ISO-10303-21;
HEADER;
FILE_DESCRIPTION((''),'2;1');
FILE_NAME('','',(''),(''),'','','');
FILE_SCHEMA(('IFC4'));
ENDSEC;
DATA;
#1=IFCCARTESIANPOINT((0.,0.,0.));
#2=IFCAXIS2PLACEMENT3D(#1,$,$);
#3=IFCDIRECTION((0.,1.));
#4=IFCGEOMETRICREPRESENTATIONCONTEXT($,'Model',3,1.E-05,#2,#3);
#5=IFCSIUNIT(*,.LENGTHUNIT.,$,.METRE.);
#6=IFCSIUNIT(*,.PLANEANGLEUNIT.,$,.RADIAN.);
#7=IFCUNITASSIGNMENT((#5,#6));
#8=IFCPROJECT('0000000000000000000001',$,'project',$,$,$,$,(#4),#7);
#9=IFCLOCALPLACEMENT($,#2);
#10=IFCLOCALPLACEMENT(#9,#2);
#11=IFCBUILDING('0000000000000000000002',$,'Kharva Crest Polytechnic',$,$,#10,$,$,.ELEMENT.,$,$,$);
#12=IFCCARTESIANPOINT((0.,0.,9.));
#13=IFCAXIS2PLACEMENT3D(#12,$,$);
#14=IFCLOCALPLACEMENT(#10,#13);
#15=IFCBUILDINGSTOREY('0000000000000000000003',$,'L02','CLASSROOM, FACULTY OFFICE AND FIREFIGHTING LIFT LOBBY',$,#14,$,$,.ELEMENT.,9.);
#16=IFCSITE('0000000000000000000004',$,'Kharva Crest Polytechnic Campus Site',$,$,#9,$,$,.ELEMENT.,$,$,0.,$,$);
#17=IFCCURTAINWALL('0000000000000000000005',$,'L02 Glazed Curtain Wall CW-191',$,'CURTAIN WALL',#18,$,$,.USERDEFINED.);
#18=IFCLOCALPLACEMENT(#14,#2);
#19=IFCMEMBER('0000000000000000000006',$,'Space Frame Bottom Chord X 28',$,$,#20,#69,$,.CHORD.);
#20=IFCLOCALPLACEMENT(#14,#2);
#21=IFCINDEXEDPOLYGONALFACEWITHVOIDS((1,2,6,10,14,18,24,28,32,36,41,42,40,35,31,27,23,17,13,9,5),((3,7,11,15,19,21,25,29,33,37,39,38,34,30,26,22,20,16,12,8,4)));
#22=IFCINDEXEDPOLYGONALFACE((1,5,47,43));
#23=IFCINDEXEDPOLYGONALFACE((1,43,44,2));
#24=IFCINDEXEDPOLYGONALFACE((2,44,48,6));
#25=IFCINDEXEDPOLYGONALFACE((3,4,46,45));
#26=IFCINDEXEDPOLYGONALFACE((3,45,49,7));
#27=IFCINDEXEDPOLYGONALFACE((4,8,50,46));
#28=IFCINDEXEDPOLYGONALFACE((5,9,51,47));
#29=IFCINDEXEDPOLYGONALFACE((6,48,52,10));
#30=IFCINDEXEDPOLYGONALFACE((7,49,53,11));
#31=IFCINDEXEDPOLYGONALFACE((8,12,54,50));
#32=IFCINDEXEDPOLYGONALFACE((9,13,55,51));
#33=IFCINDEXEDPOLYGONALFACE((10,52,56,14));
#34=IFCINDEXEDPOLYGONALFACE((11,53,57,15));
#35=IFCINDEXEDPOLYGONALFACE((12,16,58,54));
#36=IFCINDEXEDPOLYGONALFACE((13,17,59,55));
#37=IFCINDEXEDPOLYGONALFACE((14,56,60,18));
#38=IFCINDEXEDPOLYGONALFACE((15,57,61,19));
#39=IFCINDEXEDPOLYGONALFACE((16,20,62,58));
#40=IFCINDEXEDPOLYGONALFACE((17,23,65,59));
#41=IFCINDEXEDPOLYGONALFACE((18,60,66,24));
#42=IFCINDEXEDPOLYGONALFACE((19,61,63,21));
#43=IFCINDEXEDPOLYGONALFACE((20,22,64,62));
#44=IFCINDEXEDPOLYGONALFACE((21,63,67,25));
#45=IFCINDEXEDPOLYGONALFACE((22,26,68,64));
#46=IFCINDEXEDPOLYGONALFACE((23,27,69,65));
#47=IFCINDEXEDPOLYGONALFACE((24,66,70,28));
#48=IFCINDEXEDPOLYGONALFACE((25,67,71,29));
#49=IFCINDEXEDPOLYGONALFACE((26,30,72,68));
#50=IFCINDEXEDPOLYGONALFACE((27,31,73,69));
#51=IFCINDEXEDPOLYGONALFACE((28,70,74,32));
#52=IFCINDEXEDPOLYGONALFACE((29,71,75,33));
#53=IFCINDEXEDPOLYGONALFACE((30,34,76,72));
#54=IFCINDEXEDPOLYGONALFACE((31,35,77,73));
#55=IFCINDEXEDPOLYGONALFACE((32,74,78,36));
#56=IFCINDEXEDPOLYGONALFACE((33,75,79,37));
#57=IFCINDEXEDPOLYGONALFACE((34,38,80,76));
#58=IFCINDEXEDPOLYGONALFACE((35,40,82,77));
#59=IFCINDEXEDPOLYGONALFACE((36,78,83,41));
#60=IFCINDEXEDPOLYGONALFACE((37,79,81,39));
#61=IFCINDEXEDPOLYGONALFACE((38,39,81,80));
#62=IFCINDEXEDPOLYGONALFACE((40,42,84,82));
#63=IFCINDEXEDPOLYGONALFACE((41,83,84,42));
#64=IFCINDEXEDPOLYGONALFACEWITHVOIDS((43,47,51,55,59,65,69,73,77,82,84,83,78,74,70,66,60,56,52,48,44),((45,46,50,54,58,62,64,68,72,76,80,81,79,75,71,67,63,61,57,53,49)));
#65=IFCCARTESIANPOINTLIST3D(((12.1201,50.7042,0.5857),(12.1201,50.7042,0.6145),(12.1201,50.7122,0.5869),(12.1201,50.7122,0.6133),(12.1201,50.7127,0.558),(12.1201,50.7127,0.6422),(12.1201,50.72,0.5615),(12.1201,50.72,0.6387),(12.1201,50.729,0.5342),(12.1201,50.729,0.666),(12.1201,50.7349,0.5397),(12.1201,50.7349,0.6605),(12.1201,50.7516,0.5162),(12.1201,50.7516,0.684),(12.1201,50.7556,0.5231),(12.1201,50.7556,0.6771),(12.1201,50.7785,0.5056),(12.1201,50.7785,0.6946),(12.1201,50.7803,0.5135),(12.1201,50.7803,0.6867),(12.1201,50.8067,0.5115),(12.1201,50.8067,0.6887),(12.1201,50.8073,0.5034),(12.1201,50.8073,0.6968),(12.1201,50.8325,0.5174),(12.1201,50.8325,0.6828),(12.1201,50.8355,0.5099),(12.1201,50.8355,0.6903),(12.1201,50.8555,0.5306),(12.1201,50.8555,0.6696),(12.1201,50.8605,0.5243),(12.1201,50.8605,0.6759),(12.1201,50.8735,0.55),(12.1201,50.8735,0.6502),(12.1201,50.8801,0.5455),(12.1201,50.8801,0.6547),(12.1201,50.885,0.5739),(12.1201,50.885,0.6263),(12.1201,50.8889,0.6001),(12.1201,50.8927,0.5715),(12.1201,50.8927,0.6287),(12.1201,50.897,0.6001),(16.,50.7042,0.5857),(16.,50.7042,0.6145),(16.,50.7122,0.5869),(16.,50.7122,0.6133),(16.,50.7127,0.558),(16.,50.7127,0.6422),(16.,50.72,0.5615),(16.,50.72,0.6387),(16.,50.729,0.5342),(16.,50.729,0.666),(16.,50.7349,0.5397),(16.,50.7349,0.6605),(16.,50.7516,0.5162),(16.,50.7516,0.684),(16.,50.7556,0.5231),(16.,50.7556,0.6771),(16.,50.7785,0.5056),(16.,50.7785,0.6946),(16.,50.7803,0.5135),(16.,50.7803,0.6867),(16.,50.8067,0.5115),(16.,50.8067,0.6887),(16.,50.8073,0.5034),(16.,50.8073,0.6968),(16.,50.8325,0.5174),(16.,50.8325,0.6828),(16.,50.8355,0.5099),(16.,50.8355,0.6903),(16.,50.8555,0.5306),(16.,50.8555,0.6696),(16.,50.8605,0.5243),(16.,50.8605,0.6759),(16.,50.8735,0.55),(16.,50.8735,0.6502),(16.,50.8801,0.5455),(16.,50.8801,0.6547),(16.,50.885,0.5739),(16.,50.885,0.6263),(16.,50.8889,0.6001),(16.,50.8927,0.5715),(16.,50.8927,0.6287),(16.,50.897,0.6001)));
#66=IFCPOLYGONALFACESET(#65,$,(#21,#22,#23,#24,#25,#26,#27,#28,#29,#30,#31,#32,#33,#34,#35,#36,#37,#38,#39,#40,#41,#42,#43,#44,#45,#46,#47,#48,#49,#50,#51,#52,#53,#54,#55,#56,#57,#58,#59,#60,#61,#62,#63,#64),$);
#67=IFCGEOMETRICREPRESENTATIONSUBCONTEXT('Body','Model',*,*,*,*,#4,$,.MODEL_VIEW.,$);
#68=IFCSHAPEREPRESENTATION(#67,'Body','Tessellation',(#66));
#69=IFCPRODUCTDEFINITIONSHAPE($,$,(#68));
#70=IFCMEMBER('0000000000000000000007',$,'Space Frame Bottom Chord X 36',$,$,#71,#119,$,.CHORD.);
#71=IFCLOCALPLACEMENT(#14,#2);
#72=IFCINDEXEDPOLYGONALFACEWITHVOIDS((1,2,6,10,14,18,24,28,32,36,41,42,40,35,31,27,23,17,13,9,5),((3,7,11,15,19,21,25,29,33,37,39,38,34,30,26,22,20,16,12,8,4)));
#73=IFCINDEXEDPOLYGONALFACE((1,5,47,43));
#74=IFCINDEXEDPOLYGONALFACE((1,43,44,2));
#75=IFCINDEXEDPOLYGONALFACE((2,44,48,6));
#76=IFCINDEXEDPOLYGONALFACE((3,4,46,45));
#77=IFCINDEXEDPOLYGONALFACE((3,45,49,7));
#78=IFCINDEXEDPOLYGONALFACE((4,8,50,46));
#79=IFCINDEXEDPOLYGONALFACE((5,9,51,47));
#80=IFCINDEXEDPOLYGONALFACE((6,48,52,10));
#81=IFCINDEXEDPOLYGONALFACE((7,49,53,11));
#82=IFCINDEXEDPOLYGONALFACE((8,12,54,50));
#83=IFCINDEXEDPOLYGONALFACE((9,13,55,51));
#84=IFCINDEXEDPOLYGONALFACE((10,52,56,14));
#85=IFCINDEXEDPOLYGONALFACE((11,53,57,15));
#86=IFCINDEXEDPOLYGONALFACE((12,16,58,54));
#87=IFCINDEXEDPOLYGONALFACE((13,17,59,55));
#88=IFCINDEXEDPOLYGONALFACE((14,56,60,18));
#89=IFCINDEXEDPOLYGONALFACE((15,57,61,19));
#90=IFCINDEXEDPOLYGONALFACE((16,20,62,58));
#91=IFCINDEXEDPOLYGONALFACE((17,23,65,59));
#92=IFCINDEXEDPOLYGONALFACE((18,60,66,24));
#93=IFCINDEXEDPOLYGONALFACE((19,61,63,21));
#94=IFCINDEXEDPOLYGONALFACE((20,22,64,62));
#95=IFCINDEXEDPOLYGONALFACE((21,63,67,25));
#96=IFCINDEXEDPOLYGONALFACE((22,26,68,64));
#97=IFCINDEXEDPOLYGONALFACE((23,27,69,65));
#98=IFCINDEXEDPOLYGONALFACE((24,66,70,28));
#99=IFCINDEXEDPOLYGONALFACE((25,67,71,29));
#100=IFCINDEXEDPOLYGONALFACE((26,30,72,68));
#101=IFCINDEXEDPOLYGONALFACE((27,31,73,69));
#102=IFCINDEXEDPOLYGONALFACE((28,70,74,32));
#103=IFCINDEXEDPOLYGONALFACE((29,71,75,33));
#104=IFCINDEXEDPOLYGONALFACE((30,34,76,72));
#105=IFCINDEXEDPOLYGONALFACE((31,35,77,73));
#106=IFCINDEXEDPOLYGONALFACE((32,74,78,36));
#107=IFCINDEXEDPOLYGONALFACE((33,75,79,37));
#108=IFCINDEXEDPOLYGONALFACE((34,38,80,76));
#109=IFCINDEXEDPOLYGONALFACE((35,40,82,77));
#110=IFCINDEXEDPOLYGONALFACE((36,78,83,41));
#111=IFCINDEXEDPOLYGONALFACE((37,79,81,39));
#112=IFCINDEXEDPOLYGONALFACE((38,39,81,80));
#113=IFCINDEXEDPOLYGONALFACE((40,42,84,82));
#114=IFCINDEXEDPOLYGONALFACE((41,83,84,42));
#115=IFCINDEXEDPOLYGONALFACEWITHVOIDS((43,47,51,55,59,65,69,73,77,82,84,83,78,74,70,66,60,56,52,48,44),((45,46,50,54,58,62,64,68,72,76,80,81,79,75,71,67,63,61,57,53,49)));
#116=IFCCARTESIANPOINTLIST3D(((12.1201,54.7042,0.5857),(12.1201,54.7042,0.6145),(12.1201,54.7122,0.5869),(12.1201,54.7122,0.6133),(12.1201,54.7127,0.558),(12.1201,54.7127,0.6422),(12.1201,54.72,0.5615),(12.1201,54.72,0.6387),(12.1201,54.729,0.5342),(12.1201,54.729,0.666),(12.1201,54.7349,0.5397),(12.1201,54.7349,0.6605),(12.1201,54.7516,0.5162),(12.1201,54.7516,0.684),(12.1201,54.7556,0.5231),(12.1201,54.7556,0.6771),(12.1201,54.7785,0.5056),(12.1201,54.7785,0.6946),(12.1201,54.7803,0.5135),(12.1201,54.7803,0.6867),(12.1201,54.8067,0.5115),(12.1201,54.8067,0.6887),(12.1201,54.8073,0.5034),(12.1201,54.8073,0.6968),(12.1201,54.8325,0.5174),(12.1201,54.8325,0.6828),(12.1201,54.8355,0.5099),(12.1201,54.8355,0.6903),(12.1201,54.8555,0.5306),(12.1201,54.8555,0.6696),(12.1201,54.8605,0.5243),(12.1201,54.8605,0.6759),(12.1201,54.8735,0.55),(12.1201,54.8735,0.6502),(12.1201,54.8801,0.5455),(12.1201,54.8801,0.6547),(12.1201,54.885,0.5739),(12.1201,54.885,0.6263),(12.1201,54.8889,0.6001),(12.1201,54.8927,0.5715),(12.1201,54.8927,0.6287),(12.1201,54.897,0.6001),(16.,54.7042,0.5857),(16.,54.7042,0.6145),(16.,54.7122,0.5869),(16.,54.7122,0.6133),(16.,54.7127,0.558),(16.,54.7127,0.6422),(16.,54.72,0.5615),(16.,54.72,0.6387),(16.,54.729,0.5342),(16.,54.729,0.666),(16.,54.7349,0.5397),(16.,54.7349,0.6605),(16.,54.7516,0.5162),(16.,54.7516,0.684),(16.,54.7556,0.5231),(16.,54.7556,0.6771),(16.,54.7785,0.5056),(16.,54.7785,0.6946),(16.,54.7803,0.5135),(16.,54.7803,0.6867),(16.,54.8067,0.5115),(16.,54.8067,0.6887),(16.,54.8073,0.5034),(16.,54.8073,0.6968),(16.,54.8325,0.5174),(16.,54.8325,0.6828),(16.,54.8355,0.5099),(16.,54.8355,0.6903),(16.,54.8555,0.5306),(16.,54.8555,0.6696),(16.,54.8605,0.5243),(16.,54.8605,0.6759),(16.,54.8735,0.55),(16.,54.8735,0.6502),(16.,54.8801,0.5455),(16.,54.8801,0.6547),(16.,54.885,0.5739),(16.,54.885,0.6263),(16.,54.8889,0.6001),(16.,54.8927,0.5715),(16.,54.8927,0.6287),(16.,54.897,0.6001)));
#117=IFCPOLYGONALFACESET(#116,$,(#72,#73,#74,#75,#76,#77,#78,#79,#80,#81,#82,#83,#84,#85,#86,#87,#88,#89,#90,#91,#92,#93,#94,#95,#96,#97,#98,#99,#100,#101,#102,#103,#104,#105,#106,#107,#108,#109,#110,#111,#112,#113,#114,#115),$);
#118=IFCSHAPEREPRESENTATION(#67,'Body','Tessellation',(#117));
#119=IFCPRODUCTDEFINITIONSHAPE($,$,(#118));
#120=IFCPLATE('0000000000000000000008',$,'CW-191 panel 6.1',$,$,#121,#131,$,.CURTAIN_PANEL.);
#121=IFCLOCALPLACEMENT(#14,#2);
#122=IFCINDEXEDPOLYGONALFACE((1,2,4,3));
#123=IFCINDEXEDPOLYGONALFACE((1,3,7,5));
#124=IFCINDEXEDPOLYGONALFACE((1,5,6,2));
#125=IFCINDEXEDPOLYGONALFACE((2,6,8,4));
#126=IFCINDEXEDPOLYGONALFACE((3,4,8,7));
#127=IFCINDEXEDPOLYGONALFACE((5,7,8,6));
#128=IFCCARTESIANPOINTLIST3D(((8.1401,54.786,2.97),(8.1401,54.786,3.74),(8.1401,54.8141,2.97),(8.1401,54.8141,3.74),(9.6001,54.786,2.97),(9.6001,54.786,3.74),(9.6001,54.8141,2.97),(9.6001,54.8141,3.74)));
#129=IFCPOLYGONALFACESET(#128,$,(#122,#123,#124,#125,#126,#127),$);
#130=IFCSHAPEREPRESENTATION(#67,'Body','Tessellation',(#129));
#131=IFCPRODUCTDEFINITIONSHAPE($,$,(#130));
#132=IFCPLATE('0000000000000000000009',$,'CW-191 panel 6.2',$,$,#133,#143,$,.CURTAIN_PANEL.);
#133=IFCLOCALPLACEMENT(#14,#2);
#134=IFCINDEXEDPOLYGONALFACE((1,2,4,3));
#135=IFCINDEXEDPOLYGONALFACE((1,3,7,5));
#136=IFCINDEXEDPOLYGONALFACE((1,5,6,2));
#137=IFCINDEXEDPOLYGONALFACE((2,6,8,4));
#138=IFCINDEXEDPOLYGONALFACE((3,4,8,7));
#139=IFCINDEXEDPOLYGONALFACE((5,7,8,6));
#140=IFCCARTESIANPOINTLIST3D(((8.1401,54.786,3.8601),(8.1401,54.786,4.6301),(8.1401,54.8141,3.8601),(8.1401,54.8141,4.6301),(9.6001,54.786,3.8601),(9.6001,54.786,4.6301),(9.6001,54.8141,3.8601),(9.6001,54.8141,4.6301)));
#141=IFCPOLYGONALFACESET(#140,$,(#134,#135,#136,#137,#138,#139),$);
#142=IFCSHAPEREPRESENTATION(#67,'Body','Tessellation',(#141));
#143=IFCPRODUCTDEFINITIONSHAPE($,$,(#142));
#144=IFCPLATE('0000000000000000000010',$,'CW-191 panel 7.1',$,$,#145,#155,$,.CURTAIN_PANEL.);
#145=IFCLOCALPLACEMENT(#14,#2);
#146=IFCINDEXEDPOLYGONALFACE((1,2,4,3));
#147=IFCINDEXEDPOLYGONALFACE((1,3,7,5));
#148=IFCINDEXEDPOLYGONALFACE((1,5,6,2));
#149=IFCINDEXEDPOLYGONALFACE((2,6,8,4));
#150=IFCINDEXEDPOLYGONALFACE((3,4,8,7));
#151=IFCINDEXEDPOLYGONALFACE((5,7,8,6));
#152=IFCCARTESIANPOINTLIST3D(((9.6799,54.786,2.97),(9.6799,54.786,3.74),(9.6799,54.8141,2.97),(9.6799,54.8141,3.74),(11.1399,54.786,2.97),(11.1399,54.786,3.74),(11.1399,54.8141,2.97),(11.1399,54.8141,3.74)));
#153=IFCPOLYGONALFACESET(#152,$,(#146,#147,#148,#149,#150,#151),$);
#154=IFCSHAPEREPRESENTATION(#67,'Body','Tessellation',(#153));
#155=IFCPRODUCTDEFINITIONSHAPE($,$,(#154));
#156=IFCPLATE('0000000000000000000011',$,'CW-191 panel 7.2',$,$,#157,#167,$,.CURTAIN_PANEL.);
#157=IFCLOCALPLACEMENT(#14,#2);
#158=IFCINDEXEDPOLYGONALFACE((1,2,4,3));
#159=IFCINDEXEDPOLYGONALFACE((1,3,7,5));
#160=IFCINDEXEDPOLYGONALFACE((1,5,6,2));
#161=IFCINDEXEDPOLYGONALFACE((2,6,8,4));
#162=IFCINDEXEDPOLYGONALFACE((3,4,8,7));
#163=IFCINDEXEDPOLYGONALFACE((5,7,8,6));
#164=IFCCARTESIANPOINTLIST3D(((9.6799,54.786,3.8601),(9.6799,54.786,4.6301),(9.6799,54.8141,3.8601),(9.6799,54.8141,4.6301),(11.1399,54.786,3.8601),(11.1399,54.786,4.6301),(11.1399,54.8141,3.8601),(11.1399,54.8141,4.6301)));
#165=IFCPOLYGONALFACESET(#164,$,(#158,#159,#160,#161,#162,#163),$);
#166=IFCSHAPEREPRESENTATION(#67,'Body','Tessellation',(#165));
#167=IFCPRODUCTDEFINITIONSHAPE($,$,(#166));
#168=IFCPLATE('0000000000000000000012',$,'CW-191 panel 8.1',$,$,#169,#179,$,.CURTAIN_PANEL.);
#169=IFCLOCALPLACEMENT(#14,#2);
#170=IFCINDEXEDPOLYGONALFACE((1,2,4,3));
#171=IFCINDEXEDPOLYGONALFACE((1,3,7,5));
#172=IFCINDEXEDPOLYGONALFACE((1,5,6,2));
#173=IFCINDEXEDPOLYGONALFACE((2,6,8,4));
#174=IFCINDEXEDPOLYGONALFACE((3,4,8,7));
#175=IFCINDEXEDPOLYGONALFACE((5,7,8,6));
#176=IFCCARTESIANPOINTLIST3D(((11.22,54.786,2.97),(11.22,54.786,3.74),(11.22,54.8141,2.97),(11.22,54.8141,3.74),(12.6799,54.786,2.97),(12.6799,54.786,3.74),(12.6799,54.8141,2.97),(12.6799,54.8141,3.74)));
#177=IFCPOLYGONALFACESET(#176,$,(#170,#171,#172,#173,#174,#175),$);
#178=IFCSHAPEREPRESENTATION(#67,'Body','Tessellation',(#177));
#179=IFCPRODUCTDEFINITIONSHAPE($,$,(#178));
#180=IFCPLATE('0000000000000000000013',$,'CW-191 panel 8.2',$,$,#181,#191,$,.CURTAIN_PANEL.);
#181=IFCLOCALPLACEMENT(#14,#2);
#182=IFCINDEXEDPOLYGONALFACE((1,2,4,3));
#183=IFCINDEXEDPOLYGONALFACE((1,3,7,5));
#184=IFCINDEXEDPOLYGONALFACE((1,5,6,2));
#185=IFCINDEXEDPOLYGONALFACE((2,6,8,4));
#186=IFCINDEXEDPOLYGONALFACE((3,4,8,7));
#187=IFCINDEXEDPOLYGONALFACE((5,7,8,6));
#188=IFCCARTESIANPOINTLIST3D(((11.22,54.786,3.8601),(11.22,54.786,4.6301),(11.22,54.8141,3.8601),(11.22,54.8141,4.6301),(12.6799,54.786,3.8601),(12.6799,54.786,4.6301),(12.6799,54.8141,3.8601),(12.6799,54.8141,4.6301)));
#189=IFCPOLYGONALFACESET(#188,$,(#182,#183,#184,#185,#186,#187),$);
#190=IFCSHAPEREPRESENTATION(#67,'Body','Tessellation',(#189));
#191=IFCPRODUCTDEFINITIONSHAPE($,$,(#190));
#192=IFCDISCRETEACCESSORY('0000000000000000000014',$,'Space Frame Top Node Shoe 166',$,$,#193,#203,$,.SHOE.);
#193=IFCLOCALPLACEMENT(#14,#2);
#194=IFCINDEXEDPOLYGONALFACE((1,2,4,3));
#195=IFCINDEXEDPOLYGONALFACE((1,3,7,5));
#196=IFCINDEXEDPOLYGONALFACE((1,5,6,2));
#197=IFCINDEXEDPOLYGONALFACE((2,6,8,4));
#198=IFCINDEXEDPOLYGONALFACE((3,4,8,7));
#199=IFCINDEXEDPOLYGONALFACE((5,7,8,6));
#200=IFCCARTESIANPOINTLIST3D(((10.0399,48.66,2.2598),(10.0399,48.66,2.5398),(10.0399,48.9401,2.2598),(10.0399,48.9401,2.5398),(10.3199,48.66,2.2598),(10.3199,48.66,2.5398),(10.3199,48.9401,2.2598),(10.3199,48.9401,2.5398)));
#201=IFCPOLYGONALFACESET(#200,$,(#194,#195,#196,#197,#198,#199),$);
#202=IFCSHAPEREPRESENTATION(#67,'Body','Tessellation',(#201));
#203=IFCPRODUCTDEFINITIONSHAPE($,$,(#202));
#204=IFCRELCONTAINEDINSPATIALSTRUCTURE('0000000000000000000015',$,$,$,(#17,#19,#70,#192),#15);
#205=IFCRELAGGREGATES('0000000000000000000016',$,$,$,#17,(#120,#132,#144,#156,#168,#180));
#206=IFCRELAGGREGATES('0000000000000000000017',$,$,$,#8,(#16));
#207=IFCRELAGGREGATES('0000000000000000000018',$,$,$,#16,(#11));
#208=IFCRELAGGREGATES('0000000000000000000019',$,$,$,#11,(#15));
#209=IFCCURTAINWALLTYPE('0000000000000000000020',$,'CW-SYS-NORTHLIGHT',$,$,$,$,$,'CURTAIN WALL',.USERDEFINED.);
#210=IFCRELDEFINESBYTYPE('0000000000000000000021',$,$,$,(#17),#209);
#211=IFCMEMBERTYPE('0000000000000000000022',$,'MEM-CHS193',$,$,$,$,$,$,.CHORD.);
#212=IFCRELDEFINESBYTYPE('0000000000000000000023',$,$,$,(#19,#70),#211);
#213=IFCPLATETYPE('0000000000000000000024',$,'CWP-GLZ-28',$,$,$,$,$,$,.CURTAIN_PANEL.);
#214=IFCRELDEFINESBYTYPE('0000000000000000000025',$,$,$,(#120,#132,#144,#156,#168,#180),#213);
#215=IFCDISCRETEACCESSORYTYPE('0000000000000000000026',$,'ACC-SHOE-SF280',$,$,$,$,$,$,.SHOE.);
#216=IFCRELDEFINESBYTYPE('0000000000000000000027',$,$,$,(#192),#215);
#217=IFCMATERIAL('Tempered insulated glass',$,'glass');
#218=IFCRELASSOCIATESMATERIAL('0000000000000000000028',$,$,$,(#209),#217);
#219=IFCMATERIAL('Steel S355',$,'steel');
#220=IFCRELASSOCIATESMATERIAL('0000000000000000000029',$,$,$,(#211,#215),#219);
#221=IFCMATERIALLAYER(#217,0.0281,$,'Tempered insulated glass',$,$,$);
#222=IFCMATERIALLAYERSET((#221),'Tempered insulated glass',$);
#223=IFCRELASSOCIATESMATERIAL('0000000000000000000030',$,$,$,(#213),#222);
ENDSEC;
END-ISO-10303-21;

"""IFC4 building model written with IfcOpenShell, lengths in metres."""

from ifc_helpers import new_model, si_unit, direction, frame, origin, origin_2d, place, context, subcontext, project, spatial, rectangle, hollow_circle, extrude, material, layer, layer_set, material_profile, profile_set, type_object, element, aggregate, save


model = new_model("IFC4")

# Units and contexts
model_context = context("Model", 3, precision=1e-05, world=origin(), true_north=direction((0.0, 1.0)))
body_context = subcontext(model_context, "Body", "Model", "MODEL_VIEW")
ifc_project = project(units=[si_unit("LENGTHUNIT", "METRE"), si_unit("PLANEANGLEUNIT", "RADIAN")], contexts=[model_context])

# Site, building, storey
site_placement = place(None, origin())
site = spatial("IfcSite", under=ifc_project, at=site_placement, Name="Kharva Crest Polytechnic Campus Site", CompositionType="ELEMENT", RefElevation=0.0)
building_placement = place(site_placement, origin())
building = spatial("IfcBuilding", under=site, at=building_placement, Name="Kharva Crest Polytechnic", CompositionType="ELEMENT")
storey_placement = place(building_placement, frame((0.0, 0.0, 9.0)))
storey = spatial("IfcBuildingStorey", under=building, at=storey_placement, Name="L02", Description="CLASSROOM, FACULTY OFFICE AND FIREFIGHTING LIFT LOBBY", CompositionType="ELEMENT", Elevation=9.0)

# Curtain wall
ifc_material_1 = material(Name="Tempered insulated glass", Category="glass")
curtain_wall_type = type_object("IfcCurtainWallType", Name="CW-SYS-NORTHLIGHT", ElementType="CURTAIN WALL", PredefinedType="USERDEFINED", material=ifc_material_1)
curtain_wall_placement = place(storey_placement, origin())
curtain_wall = element("IfcCurtainWall", 1, at=curtain_wall_placement, inside=storey, type_object=curtain_wall_type, Name="L02 Glazed Curtain Wall CW-191", ObjectType="CURTAIN WALL", PredefinedType="USERDEFINED")
ifc_material_2 = material(Name="Steel S355", Category="steel")

# Members
ifc_material_profile_1 = material_profile(ifc_material_2, hollow_circle(Radius=0.0969, WallThickness=0.0081, at=origin_2d()), Name="CHS 193.7X8.0")
ifc_profile_set_1 = profile_set([ifc_material_profile_1], Name="Steel S355")
member_type_1 = type_object("IfcMemberType", Name="MEM-CHS193", PredefinedType="CHORD", material=ifc_profile_set_1)
for number, where, z_axis, x_axis, name in (
    (2, (12.1201, 50.8, 0.6001), (1.0, 0.0, 0.0), (0.0, 1.0, 0.0), "Space Frame Bottom Chord X 28"),
    (3, (12.1201, 54.8, 0.6001), (1.0, 0.0, 0.0), (0.0, 1.0, 0.0), "Space Frame Bottom Chord X 36"),
):
    element("IfcMember", number, at=place(storey_placement, frame(where, z_axis=z_axis, x_axis=x_axis)), inside=storey, type_object=member_type_1, Name=name, PredefinedType="CHORD", context=body_context, shape_type="SweptSolid", body=[
        extrude(hollow_circle(Radius=0.0969, WallThickness=0.0081, at=origin_2d()), origin(), (0.0, 0.0, 1.0), 3.8799),
    ])

# Plates
ifc_layer = layer(ifc_material_1, 0.0281, Name="Tempered insulated glass")
ifc_layer_set = layer_set([ifc_layer], Name="Tempered insulated glass")
plate_type = type_object("IfcPlateType", Name="CWP-GLZ-28", PredefinedType="CURTAIN_PANEL", material=ifc_layer_set)
plate_1_placement = place(storey_placement, frame((8.8701, 54.8, 2.97), z_axis=(0.0, 0.0, 1.0), x_axis=(1.0, 0.0, 0.0)))
plate_1 = element("IfcPlate", 4, at=plate_1_placement, type_object=plate_type, Name="CW-191 panel 6.1", PredefinedType="CURTAIN_PANEL", context=body_context, shape_type="SweptSolid", body=[
    extrude(rectangle(XDim=1.46, YDim=0.0281, at=origin_2d()), origin(), (0.0, 0.0, 1.0), 0.77),
])
plate_2_placement = place(storey_placement, frame((8.8701, 54.8, 3.8601), z_axis=(0.0, 0.0, 1.0), x_axis=(1.0, 0.0, 0.0)))
plate_2 = element("IfcPlate", 5, at=plate_2_placement, type_object=plate_type, Name="CW-191 panel 6.2", PredefinedType="CURTAIN_PANEL", context=body_context, shape_type="SweptSolid", body=[
    extrude(rectangle(XDim=1.46, YDim=0.0281, at=origin_2d()), origin(), (0.0, 0.0, 1.0), 0.77),
])
plate_3_placement = place(storey_placement, frame((10.4099, 54.8, 2.97), z_axis=(0.0, 0.0, 1.0), x_axis=(1.0, 0.0, 0.0)))
plate_3 = element("IfcPlate", 6, at=plate_3_placement, type_object=plate_type, Name="CW-191 panel 7.1", PredefinedType="CURTAIN_PANEL", context=body_context, shape_type="SweptSolid", body=[
    extrude(rectangle(XDim=1.46, YDim=0.0281, at=origin_2d()), origin(), (0.0, 0.0, 1.0), 0.77),
])
plate_4_placement = place(storey_placement, frame((10.4099, 54.8, 3.8601), z_axis=(0.0, 0.0, 1.0), x_axis=(1.0, 0.0, 0.0)))
plate_4 = element("IfcPlate", 7, at=plate_4_placement, type_object=plate_type, Name="CW-191 panel 7.2", PredefinedType="CURTAIN_PANEL", context=body_context, shape_type="SweptSolid", body=[
    extrude(rectangle(XDim=1.46, YDim=0.0281, at=origin_2d()), origin(), (0.0, 0.0, 1.0), 0.77),
])
plate_5_placement = place(storey_placement, frame((11.95, 54.8, 2.97), z_axis=(0.0, 0.0, 1.0), x_axis=(1.0, 0.0, 0.0)))
plate_5 = element("IfcPlate", 8, at=plate_5_placement, type_object=plate_type, Name="CW-191 panel 8.1", PredefinedType="CURTAIN_PANEL", context=body_context, shape_type="SweptSolid", body=[
    extrude(rectangle(XDim=1.46, YDim=0.0281, at=origin_2d()), origin(), (0.0, 0.0, 1.0), 0.77),
])
plate_6_placement = place(storey_placement, frame((11.95, 54.8, 3.8601), z_axis=(0.0, 0.0, 1.0), x_axis=(1.0, 0.0, 0.0)))
plate_6 = element("IfcPlate", 9, at=plate_6_placement, type_object=plate_type, Name="CW-191 panel 8.2", PredefinedType="CURTAIN_PANEL", context=body_context, shape_type="SweptSolid", body=[
    extrude(rectangle(XDim=1.46, YDim=0.0281, at=origin_2d()), origin(), (0.0, 0.0, 1.0), 0.77),
])
aggregate(curtain_wall, [plate_1, plate_2, plate_3, plate_4, plate_5, plate_6])

# Discrete accessory
discrete_accessory_type_1 = type_object("IfcDiscreteAccessoryType", Name="ACC-SHOE-SF280", PredefinedType="SHOE", material=ifc_material_2)
for number, where, z_axis, x_axis, name in (
    (10, (10.1799, 48.8, 2.2598), (0.0, 0.0, 1.0), (1.0, 0.0, 0.0), "Space Frame Top Node Shoe 166"),
):
    element("IfcDiscreteAccessory", number, at=place(storey_placement, frame(where, z_axis=z_axis, x_axis=x_axis)), inside=storey, type_object=discrete_accessory_type_1, Name=name, PredefinedType="SHOE", context=body_context, shape_type="SweptSolid", body=[
        extrude(rectangle(XDim=0.28, YDim=0.28, at=origin_2d()), origin(), (0.0, 0.0, 1.0), 0.28),
    ])

save(model, "model.ifc")
